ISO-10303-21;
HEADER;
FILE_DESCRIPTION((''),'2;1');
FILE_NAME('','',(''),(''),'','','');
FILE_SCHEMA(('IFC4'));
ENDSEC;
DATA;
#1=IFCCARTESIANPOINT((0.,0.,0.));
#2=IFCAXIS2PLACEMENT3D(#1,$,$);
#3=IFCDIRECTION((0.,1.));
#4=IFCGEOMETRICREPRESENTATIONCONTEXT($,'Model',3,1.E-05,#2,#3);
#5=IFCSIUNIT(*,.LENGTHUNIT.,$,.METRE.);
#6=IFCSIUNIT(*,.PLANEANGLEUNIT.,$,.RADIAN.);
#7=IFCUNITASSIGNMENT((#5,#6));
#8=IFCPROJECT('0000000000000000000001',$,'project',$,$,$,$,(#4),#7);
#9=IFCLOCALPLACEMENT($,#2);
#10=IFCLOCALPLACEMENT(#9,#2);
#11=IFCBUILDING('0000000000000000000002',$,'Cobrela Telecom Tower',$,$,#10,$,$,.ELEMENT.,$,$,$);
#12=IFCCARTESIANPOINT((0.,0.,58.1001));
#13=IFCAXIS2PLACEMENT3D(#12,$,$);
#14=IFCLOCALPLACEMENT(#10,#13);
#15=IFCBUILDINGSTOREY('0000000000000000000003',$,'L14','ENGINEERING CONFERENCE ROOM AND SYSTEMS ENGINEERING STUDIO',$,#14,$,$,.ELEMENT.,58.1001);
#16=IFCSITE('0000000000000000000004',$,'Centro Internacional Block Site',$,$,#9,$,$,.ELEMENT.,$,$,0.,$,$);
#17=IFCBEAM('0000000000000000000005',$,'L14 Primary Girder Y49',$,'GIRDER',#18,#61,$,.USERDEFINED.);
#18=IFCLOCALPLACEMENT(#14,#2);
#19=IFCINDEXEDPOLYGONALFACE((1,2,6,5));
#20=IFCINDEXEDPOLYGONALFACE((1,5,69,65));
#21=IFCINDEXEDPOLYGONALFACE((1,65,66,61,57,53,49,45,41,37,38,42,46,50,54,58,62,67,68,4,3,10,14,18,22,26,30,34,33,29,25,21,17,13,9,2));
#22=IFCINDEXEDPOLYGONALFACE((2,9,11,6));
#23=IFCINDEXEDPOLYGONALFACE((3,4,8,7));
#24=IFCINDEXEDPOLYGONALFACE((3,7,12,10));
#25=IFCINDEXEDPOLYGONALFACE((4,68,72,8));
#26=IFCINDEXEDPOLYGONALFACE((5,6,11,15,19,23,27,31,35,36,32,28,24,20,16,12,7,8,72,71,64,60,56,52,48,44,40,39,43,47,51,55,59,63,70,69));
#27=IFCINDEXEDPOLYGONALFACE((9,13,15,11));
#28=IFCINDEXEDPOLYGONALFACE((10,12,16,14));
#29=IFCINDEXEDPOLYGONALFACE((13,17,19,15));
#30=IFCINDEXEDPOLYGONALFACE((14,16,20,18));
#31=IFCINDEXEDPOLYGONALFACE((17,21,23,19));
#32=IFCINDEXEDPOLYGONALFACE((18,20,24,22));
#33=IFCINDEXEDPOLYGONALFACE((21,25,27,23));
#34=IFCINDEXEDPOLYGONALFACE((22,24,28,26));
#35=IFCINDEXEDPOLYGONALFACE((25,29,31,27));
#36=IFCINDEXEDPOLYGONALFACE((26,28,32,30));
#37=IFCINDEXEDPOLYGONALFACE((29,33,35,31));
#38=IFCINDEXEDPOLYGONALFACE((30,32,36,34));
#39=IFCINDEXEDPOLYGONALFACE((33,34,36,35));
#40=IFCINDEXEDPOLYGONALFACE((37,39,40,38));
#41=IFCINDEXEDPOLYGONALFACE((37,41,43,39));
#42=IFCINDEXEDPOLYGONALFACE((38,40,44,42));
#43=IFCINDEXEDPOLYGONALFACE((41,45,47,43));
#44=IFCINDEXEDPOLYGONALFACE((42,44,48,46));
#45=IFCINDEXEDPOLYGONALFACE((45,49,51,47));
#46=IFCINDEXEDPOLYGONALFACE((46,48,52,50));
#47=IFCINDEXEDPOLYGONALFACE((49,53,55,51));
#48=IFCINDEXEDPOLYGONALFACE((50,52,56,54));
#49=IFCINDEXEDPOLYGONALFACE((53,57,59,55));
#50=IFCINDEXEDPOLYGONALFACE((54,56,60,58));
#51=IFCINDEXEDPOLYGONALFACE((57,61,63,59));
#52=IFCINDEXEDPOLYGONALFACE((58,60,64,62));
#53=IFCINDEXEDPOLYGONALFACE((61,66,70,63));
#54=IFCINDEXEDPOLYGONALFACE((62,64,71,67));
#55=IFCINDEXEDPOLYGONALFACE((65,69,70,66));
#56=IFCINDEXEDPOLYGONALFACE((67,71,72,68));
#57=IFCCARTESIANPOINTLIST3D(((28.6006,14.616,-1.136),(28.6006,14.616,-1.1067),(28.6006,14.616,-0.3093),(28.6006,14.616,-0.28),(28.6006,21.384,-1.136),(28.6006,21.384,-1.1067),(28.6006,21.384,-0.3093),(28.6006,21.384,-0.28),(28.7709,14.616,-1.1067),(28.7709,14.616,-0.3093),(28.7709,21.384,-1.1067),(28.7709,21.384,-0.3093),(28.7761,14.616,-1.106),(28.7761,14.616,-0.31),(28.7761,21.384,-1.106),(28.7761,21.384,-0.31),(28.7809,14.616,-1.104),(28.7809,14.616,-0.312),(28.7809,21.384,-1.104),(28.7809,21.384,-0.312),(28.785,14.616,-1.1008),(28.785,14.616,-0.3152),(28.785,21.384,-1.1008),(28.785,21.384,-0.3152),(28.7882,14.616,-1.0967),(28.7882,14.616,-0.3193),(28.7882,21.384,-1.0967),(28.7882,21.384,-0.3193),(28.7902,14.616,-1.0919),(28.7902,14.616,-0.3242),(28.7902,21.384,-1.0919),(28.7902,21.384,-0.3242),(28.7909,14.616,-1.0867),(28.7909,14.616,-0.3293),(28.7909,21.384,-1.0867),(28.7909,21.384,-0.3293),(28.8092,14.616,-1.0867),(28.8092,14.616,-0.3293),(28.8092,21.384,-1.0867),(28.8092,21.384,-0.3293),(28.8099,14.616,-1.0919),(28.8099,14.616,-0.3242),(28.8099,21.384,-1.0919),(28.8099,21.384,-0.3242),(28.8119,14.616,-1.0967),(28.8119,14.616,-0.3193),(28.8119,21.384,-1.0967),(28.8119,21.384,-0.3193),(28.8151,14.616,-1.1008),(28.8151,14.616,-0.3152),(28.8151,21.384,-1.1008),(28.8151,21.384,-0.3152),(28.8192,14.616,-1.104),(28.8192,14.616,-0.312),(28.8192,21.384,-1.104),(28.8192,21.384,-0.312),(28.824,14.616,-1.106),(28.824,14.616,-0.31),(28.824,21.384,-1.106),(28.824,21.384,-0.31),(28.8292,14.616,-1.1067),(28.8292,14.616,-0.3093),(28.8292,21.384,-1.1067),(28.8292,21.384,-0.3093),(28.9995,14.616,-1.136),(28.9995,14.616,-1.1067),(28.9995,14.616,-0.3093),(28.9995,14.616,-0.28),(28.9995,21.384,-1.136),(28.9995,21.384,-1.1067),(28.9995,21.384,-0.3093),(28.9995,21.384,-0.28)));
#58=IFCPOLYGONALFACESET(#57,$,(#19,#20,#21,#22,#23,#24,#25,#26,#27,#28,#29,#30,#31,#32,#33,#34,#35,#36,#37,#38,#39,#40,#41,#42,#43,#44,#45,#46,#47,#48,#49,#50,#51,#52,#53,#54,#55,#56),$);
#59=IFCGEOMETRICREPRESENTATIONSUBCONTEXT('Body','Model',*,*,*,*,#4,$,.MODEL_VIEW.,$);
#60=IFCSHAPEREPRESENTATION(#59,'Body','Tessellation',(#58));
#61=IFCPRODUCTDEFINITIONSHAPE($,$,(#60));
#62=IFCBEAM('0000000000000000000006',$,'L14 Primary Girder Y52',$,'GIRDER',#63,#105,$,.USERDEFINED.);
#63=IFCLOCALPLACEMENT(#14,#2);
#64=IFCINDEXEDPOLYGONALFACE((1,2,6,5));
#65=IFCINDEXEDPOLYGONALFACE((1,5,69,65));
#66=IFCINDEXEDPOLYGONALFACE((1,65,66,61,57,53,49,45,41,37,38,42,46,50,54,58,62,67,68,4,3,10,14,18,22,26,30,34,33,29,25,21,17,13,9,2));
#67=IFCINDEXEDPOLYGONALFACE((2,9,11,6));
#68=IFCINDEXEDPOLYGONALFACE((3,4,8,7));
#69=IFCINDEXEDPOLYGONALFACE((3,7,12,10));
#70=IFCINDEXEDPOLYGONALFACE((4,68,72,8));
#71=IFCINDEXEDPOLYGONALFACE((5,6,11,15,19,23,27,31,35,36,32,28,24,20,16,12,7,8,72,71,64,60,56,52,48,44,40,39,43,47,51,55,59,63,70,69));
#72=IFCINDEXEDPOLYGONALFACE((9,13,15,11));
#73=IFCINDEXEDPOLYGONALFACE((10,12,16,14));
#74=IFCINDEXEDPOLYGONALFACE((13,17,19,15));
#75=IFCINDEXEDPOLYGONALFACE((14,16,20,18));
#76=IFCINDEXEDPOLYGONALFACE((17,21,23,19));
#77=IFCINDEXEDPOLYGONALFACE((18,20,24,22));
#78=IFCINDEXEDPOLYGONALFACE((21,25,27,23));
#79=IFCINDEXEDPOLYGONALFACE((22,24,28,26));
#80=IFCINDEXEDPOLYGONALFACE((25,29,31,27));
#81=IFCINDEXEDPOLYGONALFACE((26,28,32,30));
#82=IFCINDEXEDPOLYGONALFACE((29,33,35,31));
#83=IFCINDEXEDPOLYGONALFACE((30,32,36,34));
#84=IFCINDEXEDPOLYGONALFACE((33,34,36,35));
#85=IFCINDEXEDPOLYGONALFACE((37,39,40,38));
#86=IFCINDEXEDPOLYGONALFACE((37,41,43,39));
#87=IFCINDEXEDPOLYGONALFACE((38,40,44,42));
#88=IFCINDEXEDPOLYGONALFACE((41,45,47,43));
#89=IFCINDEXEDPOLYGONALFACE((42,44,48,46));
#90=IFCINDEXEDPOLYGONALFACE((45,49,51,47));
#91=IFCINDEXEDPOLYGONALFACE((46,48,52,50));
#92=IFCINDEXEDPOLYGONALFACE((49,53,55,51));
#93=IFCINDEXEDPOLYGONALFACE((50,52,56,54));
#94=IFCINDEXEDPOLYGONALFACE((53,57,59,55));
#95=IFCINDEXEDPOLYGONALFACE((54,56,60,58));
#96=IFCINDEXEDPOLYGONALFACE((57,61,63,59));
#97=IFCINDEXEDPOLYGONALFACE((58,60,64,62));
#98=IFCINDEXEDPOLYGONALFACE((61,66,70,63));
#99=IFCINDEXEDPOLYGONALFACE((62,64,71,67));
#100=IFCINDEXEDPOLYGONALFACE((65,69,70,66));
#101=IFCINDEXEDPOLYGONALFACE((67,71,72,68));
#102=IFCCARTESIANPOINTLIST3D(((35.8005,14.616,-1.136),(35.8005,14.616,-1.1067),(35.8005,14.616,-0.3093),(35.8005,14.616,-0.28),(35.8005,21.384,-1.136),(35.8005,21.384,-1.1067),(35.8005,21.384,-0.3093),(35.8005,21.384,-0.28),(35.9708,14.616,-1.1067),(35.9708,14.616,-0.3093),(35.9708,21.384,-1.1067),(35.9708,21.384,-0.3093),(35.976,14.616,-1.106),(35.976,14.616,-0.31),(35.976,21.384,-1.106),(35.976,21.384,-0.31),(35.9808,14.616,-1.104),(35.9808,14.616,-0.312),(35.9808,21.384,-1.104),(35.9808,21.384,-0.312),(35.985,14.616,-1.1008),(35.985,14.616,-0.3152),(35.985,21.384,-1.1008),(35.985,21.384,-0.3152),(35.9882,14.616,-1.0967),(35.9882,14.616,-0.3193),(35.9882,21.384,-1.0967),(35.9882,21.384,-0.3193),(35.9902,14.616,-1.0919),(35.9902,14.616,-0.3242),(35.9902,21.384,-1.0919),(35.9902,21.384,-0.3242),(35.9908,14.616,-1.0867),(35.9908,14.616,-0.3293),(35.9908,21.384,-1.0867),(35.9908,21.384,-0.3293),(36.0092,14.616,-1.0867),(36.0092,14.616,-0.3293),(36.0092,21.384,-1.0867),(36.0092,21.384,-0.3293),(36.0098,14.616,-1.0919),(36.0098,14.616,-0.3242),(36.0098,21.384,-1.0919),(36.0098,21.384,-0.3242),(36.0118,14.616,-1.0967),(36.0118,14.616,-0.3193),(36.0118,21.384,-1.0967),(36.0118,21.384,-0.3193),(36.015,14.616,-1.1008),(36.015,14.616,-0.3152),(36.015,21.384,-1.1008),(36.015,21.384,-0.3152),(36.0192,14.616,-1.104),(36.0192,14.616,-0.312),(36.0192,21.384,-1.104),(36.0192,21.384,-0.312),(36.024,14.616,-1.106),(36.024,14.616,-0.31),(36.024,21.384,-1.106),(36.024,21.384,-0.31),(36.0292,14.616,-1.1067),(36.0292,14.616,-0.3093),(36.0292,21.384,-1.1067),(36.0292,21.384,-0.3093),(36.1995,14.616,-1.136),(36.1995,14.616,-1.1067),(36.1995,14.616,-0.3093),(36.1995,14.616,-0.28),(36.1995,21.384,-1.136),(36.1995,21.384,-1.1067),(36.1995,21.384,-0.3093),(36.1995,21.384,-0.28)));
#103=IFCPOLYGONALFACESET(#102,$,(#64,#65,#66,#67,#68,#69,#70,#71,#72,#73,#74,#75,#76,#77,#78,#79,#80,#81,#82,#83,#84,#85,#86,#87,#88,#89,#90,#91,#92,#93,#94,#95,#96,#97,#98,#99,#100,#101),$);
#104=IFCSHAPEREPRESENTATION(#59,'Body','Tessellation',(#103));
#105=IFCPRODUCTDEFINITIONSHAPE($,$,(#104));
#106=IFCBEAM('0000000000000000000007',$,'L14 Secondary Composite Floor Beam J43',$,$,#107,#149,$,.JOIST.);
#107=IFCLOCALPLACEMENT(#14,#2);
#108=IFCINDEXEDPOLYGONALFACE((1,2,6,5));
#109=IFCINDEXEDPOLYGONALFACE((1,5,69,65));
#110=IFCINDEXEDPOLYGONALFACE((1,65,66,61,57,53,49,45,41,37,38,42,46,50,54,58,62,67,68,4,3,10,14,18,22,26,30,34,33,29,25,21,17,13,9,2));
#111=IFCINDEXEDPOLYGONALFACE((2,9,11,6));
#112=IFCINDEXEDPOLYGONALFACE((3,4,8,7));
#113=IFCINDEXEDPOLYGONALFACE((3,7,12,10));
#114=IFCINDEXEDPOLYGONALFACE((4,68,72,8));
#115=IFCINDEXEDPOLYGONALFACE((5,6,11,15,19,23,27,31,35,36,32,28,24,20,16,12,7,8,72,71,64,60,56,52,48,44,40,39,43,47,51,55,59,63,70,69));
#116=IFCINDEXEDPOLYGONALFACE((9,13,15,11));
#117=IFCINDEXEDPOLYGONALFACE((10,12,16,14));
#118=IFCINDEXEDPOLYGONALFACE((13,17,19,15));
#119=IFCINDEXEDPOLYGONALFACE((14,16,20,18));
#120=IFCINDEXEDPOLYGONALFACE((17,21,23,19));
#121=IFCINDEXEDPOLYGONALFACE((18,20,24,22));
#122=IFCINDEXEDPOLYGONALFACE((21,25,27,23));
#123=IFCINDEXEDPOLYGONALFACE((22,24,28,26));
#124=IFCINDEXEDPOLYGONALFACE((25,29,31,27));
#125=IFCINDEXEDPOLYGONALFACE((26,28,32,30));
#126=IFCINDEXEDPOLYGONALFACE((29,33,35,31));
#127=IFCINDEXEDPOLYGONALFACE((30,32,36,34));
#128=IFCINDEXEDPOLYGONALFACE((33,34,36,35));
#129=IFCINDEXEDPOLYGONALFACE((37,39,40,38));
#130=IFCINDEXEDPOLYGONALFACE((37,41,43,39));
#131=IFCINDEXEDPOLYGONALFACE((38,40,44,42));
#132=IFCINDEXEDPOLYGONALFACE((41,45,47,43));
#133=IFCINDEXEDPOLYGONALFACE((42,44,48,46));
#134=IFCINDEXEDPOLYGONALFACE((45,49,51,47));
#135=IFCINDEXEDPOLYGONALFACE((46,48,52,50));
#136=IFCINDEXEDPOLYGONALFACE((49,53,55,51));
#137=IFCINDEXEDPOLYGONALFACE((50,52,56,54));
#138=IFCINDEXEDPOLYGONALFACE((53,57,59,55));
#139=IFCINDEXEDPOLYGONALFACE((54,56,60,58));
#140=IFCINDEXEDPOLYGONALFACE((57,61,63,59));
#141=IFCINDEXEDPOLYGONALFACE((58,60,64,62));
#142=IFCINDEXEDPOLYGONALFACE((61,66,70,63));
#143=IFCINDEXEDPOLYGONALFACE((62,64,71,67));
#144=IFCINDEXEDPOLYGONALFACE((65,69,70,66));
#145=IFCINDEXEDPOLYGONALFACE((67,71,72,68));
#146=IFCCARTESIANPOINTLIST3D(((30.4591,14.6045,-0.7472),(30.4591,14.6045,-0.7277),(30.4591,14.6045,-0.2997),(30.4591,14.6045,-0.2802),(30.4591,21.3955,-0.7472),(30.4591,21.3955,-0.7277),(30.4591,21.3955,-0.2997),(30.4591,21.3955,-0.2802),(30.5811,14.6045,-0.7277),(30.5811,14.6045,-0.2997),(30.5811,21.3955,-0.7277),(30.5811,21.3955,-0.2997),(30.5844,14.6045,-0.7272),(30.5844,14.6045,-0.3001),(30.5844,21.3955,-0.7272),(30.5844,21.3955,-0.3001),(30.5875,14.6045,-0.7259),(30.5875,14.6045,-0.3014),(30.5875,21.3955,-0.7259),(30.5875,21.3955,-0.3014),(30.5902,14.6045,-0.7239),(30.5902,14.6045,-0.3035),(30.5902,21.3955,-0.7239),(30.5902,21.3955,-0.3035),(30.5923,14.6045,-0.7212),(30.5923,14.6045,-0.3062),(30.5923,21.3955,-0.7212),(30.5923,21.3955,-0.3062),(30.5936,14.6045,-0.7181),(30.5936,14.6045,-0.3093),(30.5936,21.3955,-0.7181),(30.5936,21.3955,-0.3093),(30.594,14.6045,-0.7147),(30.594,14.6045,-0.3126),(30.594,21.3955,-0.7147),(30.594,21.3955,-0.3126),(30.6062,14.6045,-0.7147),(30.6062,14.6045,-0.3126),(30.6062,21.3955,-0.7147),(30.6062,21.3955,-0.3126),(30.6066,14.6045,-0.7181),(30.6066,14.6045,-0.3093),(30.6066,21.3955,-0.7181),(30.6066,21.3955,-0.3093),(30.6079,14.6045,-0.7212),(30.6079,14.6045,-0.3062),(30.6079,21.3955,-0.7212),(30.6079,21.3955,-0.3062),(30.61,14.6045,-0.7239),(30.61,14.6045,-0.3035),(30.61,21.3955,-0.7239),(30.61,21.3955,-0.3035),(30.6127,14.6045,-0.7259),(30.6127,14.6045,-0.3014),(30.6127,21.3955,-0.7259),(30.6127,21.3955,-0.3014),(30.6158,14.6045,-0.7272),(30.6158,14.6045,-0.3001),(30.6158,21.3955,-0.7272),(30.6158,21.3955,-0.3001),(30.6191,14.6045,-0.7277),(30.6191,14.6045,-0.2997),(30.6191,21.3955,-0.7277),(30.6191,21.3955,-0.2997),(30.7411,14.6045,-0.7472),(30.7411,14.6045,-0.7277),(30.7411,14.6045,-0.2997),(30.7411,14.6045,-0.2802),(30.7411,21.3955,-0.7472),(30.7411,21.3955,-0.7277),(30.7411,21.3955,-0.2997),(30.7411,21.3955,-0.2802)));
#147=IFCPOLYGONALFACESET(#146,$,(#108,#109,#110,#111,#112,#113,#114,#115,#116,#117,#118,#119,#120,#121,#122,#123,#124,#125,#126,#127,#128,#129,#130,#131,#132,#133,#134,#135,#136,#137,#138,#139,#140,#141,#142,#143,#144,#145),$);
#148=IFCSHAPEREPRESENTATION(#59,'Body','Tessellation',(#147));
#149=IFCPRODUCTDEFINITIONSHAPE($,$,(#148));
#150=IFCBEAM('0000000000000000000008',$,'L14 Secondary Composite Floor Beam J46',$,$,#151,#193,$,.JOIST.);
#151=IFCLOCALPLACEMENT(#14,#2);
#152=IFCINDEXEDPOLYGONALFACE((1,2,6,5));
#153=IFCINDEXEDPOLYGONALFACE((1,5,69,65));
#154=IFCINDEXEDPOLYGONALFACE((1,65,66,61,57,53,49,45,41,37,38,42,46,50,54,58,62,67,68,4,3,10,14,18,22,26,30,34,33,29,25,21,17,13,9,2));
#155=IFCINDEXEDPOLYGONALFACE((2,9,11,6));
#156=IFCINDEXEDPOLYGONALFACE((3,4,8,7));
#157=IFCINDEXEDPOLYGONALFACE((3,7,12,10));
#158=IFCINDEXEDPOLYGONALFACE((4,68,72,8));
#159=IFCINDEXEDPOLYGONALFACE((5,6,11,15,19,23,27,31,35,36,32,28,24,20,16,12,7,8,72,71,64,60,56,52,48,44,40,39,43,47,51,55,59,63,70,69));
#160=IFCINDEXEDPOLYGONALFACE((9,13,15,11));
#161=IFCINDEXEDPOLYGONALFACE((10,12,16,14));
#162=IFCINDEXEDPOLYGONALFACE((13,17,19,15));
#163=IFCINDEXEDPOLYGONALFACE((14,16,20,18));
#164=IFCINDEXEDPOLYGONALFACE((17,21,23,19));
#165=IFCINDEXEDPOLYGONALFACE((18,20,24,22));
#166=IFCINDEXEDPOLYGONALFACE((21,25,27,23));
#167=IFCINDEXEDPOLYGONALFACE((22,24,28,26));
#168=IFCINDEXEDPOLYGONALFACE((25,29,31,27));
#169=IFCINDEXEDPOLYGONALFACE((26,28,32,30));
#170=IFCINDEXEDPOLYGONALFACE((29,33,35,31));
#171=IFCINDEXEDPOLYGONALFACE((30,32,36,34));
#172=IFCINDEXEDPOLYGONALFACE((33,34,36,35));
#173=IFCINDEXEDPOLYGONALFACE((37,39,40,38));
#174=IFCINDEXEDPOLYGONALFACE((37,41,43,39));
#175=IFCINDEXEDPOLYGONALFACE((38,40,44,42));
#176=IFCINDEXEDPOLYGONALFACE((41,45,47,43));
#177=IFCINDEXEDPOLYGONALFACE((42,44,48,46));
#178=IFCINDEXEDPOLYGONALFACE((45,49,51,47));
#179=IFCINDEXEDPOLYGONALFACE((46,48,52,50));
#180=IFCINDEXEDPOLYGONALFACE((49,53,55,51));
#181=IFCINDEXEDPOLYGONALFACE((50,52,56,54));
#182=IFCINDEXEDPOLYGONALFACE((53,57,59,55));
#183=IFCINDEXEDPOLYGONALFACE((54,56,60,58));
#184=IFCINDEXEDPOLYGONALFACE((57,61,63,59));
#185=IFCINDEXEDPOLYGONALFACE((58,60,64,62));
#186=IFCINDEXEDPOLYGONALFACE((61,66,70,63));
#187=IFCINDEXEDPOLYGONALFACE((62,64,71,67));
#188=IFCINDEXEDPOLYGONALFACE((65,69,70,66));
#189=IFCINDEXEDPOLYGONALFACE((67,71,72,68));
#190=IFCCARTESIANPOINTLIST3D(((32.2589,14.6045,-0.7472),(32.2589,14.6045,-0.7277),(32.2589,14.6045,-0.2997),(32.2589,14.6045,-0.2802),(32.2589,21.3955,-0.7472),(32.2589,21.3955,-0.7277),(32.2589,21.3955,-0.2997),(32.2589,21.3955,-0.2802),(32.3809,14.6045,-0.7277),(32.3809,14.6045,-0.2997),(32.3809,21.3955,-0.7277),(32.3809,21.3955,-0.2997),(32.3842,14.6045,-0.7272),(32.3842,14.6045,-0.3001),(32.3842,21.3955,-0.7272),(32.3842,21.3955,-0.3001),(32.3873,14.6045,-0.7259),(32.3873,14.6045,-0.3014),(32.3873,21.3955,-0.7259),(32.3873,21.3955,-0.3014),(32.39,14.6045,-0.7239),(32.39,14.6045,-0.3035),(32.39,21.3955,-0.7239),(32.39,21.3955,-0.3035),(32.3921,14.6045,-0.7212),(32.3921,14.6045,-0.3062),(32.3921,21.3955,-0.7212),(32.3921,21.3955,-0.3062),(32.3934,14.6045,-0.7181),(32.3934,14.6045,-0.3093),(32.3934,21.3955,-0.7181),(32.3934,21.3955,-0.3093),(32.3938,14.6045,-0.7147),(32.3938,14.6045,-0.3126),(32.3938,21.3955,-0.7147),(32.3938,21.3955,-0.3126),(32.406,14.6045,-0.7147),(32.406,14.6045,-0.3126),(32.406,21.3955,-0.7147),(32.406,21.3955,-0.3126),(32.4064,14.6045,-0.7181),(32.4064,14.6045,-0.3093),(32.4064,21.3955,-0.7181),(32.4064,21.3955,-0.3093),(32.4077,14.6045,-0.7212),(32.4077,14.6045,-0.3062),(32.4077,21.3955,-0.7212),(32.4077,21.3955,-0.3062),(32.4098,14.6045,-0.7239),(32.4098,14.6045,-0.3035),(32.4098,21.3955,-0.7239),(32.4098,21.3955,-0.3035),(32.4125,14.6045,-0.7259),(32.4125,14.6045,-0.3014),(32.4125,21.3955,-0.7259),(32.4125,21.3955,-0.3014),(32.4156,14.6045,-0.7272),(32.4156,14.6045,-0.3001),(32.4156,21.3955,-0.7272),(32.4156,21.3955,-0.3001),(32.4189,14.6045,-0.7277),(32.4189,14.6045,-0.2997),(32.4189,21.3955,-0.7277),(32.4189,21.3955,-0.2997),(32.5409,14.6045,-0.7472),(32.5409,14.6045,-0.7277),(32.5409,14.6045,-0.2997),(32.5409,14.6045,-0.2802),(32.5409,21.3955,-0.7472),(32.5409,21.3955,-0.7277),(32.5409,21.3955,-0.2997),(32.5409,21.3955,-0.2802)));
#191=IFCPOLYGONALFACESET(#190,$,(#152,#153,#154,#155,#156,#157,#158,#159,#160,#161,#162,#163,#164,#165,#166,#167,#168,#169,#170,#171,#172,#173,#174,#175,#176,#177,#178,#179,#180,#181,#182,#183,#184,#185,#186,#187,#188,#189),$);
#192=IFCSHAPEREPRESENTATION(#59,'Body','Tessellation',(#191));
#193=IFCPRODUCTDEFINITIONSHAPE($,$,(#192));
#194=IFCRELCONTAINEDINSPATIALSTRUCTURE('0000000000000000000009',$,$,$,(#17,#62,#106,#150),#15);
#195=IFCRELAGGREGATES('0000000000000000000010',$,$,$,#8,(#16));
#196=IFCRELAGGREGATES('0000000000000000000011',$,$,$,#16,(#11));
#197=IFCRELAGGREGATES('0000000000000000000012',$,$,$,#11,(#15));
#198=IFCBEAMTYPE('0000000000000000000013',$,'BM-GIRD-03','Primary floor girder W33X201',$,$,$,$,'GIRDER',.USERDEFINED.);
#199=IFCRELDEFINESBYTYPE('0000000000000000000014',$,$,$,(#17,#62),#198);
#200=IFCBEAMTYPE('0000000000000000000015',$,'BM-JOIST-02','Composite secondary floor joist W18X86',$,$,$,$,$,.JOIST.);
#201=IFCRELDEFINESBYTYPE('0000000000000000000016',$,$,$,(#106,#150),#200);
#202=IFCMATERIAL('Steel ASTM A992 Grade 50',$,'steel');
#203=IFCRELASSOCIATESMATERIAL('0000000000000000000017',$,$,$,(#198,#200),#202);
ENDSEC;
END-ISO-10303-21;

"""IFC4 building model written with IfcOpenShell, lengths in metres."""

from ifc_helpers import new_model, si_unit, direction, frame, origin, origin_2d, place, context, subcontext, project, spatial, i_section, extrude, material, material_profile, profile_set, type_object, element, save


model = new_model("IFC4")

# Units and contexts
model_context = context("Model", 3, precision=1e-05, world=origin(), true_north=direction((0.0, 1.0)))
body_context = subcontext(model_context, "Body", "Model", "MODEL_VIEW")
ifc_project = project(units=[si_unit("LENGTHUNIT", "METRE"), si_unit("PLANEANGLEUNIT", "RADIAN")], contexts=[model_context])

# Site, building, storey
site_placement = place(None, origin())
site = spatial("IfcSite", under=ifc_project, at=site_placement, Name="Centro Internacional Block Site", CompositionType="ELEMENT", RefElevation=0.0)
building_placement = place(site_placement, origin())
building = spatial("IfcBuilding", under=site, at=building_placement, Name="Cobrela Telecom Tower", CompositionType="ELEMENT")
storey_placement = place(building_placement, frame((0.0, 0.0, 58.1001)))
storey = spatial("IfcBuildingStorey", under=building, at=storey_placement, Name="L14", Description="ENGINEERING CONFERENCE ROOM AND SYSTEMS ENGINEERING STUDIO", CompositionType="ELEMENT", Elevation=58.1001)

# Shared definitions
ifc_material_1 = material(Name="Steel ASTM A992 Grade 50", Category="steel")

# Beams
ifc_material_profile_1 = material_profile(ifc_material_1, i_section(OverallWidth=0.3989, OverallDepth=0.856, WebThickness=0.0183, FlangeThickness=0.0293, FilletRadius=0.02, at=origin_2d()), Name="W33X201")
ifc_profile_set_1 = profile_set([ifc_material_profile_1], Name="Steel ASTM A992 Grade 50")
beam_type_1 = type_object("IfcBeamType", Name="BM-GIRD-03", Description="Primary floor girder W33X201", ElementType="GIRDER", PredefinedType="USERDEFINED", material=ifc_profile_set_1)
for number, where, z_axis, x_axis, name in (
    (1, (28.8, 14.616, -0.708), (0.0, 1.0, 0.0), (-1.0, 0.0, 0.0), "L14 Primary Girder Y49"),
    (2, (36.0, 14.616, -0.708), (0.0, 1.0, 0.0), (-1.0, 0.0, 0.0), "L14 Primary Girder Y52"),
):
    element("IfcBeam", number, at=place(storey_placement, frame(where, z_axis=z_axis, x_axis=x_axis)), inside=storey, type_object=beam_type_1, Name=name, ObjectType="GIRDER", PredefinedType="USERDEFINED", context=body_context, shape_type="SweptSolid", body=[
        extrude(i_section(OverallWidth=0.3989, OverallDepth=0.856, WebThickness=0.0183, FlangeThickness=0.0293, FilletRadius=0.02, at=origin_2d()), origin(), (0.0, 0.0, 1.0), 6.7681),
    ])
ifc_material_profile_2 = material_profile(ifc_material_1, i_section(OverallWidth=0.282, OverallDepth=0.467, WebThickness=0.0122, FlangeThickness=0.0195, FilletRadius=0.0129, at=origin_2d()), Name="W18X86")
ifc_profile_set_2 = profile_set([ifc_material_profile_2], Name="Steel ASTM A992 Grade 50")
beam_type_2 = type_object("IfcBeamType", Name="BM-JOIST-02", Description="Composite secondary floor joist W18X86", PredefinedType="JOIST", material=ifc_profile_set_2)
for number, where, z_axis, x_axis, name in (
    (3, (30.6001, 14.6045, -0.5137), (0.0, 1.0, 0.0), (-1.0, 0.0, 0.0), "L14 Secondary Composite Floor Beam J43"),
    (4, (32.3999, 14.6045, -0.5137), (0.0, 1.0, 0.0), (-1.0, 0.0, 0.0), "L14 Secondary Composite Floor Beam J46"),
):
    element("IfcBeam", number, at=place(storey_placement, frame(where, z_axis=z_axis, x_axis=x_axis)), inside=storey, type_object=beam_type_2, Name=name, PredefinedType="JOIST", context=body_context, shape_type="SweptSolid", body=[
        extrude(i_section(OverallWidth=0.282, OverallDepth=0.467, WebThickness=0.0122, FlangeThickness=0.0195, FilletRadius=0.0129, at=origin_2d()), origin(), (0.0, 0.0, 1.0), 6.791),
    ])

save(model, "model.ifc")
